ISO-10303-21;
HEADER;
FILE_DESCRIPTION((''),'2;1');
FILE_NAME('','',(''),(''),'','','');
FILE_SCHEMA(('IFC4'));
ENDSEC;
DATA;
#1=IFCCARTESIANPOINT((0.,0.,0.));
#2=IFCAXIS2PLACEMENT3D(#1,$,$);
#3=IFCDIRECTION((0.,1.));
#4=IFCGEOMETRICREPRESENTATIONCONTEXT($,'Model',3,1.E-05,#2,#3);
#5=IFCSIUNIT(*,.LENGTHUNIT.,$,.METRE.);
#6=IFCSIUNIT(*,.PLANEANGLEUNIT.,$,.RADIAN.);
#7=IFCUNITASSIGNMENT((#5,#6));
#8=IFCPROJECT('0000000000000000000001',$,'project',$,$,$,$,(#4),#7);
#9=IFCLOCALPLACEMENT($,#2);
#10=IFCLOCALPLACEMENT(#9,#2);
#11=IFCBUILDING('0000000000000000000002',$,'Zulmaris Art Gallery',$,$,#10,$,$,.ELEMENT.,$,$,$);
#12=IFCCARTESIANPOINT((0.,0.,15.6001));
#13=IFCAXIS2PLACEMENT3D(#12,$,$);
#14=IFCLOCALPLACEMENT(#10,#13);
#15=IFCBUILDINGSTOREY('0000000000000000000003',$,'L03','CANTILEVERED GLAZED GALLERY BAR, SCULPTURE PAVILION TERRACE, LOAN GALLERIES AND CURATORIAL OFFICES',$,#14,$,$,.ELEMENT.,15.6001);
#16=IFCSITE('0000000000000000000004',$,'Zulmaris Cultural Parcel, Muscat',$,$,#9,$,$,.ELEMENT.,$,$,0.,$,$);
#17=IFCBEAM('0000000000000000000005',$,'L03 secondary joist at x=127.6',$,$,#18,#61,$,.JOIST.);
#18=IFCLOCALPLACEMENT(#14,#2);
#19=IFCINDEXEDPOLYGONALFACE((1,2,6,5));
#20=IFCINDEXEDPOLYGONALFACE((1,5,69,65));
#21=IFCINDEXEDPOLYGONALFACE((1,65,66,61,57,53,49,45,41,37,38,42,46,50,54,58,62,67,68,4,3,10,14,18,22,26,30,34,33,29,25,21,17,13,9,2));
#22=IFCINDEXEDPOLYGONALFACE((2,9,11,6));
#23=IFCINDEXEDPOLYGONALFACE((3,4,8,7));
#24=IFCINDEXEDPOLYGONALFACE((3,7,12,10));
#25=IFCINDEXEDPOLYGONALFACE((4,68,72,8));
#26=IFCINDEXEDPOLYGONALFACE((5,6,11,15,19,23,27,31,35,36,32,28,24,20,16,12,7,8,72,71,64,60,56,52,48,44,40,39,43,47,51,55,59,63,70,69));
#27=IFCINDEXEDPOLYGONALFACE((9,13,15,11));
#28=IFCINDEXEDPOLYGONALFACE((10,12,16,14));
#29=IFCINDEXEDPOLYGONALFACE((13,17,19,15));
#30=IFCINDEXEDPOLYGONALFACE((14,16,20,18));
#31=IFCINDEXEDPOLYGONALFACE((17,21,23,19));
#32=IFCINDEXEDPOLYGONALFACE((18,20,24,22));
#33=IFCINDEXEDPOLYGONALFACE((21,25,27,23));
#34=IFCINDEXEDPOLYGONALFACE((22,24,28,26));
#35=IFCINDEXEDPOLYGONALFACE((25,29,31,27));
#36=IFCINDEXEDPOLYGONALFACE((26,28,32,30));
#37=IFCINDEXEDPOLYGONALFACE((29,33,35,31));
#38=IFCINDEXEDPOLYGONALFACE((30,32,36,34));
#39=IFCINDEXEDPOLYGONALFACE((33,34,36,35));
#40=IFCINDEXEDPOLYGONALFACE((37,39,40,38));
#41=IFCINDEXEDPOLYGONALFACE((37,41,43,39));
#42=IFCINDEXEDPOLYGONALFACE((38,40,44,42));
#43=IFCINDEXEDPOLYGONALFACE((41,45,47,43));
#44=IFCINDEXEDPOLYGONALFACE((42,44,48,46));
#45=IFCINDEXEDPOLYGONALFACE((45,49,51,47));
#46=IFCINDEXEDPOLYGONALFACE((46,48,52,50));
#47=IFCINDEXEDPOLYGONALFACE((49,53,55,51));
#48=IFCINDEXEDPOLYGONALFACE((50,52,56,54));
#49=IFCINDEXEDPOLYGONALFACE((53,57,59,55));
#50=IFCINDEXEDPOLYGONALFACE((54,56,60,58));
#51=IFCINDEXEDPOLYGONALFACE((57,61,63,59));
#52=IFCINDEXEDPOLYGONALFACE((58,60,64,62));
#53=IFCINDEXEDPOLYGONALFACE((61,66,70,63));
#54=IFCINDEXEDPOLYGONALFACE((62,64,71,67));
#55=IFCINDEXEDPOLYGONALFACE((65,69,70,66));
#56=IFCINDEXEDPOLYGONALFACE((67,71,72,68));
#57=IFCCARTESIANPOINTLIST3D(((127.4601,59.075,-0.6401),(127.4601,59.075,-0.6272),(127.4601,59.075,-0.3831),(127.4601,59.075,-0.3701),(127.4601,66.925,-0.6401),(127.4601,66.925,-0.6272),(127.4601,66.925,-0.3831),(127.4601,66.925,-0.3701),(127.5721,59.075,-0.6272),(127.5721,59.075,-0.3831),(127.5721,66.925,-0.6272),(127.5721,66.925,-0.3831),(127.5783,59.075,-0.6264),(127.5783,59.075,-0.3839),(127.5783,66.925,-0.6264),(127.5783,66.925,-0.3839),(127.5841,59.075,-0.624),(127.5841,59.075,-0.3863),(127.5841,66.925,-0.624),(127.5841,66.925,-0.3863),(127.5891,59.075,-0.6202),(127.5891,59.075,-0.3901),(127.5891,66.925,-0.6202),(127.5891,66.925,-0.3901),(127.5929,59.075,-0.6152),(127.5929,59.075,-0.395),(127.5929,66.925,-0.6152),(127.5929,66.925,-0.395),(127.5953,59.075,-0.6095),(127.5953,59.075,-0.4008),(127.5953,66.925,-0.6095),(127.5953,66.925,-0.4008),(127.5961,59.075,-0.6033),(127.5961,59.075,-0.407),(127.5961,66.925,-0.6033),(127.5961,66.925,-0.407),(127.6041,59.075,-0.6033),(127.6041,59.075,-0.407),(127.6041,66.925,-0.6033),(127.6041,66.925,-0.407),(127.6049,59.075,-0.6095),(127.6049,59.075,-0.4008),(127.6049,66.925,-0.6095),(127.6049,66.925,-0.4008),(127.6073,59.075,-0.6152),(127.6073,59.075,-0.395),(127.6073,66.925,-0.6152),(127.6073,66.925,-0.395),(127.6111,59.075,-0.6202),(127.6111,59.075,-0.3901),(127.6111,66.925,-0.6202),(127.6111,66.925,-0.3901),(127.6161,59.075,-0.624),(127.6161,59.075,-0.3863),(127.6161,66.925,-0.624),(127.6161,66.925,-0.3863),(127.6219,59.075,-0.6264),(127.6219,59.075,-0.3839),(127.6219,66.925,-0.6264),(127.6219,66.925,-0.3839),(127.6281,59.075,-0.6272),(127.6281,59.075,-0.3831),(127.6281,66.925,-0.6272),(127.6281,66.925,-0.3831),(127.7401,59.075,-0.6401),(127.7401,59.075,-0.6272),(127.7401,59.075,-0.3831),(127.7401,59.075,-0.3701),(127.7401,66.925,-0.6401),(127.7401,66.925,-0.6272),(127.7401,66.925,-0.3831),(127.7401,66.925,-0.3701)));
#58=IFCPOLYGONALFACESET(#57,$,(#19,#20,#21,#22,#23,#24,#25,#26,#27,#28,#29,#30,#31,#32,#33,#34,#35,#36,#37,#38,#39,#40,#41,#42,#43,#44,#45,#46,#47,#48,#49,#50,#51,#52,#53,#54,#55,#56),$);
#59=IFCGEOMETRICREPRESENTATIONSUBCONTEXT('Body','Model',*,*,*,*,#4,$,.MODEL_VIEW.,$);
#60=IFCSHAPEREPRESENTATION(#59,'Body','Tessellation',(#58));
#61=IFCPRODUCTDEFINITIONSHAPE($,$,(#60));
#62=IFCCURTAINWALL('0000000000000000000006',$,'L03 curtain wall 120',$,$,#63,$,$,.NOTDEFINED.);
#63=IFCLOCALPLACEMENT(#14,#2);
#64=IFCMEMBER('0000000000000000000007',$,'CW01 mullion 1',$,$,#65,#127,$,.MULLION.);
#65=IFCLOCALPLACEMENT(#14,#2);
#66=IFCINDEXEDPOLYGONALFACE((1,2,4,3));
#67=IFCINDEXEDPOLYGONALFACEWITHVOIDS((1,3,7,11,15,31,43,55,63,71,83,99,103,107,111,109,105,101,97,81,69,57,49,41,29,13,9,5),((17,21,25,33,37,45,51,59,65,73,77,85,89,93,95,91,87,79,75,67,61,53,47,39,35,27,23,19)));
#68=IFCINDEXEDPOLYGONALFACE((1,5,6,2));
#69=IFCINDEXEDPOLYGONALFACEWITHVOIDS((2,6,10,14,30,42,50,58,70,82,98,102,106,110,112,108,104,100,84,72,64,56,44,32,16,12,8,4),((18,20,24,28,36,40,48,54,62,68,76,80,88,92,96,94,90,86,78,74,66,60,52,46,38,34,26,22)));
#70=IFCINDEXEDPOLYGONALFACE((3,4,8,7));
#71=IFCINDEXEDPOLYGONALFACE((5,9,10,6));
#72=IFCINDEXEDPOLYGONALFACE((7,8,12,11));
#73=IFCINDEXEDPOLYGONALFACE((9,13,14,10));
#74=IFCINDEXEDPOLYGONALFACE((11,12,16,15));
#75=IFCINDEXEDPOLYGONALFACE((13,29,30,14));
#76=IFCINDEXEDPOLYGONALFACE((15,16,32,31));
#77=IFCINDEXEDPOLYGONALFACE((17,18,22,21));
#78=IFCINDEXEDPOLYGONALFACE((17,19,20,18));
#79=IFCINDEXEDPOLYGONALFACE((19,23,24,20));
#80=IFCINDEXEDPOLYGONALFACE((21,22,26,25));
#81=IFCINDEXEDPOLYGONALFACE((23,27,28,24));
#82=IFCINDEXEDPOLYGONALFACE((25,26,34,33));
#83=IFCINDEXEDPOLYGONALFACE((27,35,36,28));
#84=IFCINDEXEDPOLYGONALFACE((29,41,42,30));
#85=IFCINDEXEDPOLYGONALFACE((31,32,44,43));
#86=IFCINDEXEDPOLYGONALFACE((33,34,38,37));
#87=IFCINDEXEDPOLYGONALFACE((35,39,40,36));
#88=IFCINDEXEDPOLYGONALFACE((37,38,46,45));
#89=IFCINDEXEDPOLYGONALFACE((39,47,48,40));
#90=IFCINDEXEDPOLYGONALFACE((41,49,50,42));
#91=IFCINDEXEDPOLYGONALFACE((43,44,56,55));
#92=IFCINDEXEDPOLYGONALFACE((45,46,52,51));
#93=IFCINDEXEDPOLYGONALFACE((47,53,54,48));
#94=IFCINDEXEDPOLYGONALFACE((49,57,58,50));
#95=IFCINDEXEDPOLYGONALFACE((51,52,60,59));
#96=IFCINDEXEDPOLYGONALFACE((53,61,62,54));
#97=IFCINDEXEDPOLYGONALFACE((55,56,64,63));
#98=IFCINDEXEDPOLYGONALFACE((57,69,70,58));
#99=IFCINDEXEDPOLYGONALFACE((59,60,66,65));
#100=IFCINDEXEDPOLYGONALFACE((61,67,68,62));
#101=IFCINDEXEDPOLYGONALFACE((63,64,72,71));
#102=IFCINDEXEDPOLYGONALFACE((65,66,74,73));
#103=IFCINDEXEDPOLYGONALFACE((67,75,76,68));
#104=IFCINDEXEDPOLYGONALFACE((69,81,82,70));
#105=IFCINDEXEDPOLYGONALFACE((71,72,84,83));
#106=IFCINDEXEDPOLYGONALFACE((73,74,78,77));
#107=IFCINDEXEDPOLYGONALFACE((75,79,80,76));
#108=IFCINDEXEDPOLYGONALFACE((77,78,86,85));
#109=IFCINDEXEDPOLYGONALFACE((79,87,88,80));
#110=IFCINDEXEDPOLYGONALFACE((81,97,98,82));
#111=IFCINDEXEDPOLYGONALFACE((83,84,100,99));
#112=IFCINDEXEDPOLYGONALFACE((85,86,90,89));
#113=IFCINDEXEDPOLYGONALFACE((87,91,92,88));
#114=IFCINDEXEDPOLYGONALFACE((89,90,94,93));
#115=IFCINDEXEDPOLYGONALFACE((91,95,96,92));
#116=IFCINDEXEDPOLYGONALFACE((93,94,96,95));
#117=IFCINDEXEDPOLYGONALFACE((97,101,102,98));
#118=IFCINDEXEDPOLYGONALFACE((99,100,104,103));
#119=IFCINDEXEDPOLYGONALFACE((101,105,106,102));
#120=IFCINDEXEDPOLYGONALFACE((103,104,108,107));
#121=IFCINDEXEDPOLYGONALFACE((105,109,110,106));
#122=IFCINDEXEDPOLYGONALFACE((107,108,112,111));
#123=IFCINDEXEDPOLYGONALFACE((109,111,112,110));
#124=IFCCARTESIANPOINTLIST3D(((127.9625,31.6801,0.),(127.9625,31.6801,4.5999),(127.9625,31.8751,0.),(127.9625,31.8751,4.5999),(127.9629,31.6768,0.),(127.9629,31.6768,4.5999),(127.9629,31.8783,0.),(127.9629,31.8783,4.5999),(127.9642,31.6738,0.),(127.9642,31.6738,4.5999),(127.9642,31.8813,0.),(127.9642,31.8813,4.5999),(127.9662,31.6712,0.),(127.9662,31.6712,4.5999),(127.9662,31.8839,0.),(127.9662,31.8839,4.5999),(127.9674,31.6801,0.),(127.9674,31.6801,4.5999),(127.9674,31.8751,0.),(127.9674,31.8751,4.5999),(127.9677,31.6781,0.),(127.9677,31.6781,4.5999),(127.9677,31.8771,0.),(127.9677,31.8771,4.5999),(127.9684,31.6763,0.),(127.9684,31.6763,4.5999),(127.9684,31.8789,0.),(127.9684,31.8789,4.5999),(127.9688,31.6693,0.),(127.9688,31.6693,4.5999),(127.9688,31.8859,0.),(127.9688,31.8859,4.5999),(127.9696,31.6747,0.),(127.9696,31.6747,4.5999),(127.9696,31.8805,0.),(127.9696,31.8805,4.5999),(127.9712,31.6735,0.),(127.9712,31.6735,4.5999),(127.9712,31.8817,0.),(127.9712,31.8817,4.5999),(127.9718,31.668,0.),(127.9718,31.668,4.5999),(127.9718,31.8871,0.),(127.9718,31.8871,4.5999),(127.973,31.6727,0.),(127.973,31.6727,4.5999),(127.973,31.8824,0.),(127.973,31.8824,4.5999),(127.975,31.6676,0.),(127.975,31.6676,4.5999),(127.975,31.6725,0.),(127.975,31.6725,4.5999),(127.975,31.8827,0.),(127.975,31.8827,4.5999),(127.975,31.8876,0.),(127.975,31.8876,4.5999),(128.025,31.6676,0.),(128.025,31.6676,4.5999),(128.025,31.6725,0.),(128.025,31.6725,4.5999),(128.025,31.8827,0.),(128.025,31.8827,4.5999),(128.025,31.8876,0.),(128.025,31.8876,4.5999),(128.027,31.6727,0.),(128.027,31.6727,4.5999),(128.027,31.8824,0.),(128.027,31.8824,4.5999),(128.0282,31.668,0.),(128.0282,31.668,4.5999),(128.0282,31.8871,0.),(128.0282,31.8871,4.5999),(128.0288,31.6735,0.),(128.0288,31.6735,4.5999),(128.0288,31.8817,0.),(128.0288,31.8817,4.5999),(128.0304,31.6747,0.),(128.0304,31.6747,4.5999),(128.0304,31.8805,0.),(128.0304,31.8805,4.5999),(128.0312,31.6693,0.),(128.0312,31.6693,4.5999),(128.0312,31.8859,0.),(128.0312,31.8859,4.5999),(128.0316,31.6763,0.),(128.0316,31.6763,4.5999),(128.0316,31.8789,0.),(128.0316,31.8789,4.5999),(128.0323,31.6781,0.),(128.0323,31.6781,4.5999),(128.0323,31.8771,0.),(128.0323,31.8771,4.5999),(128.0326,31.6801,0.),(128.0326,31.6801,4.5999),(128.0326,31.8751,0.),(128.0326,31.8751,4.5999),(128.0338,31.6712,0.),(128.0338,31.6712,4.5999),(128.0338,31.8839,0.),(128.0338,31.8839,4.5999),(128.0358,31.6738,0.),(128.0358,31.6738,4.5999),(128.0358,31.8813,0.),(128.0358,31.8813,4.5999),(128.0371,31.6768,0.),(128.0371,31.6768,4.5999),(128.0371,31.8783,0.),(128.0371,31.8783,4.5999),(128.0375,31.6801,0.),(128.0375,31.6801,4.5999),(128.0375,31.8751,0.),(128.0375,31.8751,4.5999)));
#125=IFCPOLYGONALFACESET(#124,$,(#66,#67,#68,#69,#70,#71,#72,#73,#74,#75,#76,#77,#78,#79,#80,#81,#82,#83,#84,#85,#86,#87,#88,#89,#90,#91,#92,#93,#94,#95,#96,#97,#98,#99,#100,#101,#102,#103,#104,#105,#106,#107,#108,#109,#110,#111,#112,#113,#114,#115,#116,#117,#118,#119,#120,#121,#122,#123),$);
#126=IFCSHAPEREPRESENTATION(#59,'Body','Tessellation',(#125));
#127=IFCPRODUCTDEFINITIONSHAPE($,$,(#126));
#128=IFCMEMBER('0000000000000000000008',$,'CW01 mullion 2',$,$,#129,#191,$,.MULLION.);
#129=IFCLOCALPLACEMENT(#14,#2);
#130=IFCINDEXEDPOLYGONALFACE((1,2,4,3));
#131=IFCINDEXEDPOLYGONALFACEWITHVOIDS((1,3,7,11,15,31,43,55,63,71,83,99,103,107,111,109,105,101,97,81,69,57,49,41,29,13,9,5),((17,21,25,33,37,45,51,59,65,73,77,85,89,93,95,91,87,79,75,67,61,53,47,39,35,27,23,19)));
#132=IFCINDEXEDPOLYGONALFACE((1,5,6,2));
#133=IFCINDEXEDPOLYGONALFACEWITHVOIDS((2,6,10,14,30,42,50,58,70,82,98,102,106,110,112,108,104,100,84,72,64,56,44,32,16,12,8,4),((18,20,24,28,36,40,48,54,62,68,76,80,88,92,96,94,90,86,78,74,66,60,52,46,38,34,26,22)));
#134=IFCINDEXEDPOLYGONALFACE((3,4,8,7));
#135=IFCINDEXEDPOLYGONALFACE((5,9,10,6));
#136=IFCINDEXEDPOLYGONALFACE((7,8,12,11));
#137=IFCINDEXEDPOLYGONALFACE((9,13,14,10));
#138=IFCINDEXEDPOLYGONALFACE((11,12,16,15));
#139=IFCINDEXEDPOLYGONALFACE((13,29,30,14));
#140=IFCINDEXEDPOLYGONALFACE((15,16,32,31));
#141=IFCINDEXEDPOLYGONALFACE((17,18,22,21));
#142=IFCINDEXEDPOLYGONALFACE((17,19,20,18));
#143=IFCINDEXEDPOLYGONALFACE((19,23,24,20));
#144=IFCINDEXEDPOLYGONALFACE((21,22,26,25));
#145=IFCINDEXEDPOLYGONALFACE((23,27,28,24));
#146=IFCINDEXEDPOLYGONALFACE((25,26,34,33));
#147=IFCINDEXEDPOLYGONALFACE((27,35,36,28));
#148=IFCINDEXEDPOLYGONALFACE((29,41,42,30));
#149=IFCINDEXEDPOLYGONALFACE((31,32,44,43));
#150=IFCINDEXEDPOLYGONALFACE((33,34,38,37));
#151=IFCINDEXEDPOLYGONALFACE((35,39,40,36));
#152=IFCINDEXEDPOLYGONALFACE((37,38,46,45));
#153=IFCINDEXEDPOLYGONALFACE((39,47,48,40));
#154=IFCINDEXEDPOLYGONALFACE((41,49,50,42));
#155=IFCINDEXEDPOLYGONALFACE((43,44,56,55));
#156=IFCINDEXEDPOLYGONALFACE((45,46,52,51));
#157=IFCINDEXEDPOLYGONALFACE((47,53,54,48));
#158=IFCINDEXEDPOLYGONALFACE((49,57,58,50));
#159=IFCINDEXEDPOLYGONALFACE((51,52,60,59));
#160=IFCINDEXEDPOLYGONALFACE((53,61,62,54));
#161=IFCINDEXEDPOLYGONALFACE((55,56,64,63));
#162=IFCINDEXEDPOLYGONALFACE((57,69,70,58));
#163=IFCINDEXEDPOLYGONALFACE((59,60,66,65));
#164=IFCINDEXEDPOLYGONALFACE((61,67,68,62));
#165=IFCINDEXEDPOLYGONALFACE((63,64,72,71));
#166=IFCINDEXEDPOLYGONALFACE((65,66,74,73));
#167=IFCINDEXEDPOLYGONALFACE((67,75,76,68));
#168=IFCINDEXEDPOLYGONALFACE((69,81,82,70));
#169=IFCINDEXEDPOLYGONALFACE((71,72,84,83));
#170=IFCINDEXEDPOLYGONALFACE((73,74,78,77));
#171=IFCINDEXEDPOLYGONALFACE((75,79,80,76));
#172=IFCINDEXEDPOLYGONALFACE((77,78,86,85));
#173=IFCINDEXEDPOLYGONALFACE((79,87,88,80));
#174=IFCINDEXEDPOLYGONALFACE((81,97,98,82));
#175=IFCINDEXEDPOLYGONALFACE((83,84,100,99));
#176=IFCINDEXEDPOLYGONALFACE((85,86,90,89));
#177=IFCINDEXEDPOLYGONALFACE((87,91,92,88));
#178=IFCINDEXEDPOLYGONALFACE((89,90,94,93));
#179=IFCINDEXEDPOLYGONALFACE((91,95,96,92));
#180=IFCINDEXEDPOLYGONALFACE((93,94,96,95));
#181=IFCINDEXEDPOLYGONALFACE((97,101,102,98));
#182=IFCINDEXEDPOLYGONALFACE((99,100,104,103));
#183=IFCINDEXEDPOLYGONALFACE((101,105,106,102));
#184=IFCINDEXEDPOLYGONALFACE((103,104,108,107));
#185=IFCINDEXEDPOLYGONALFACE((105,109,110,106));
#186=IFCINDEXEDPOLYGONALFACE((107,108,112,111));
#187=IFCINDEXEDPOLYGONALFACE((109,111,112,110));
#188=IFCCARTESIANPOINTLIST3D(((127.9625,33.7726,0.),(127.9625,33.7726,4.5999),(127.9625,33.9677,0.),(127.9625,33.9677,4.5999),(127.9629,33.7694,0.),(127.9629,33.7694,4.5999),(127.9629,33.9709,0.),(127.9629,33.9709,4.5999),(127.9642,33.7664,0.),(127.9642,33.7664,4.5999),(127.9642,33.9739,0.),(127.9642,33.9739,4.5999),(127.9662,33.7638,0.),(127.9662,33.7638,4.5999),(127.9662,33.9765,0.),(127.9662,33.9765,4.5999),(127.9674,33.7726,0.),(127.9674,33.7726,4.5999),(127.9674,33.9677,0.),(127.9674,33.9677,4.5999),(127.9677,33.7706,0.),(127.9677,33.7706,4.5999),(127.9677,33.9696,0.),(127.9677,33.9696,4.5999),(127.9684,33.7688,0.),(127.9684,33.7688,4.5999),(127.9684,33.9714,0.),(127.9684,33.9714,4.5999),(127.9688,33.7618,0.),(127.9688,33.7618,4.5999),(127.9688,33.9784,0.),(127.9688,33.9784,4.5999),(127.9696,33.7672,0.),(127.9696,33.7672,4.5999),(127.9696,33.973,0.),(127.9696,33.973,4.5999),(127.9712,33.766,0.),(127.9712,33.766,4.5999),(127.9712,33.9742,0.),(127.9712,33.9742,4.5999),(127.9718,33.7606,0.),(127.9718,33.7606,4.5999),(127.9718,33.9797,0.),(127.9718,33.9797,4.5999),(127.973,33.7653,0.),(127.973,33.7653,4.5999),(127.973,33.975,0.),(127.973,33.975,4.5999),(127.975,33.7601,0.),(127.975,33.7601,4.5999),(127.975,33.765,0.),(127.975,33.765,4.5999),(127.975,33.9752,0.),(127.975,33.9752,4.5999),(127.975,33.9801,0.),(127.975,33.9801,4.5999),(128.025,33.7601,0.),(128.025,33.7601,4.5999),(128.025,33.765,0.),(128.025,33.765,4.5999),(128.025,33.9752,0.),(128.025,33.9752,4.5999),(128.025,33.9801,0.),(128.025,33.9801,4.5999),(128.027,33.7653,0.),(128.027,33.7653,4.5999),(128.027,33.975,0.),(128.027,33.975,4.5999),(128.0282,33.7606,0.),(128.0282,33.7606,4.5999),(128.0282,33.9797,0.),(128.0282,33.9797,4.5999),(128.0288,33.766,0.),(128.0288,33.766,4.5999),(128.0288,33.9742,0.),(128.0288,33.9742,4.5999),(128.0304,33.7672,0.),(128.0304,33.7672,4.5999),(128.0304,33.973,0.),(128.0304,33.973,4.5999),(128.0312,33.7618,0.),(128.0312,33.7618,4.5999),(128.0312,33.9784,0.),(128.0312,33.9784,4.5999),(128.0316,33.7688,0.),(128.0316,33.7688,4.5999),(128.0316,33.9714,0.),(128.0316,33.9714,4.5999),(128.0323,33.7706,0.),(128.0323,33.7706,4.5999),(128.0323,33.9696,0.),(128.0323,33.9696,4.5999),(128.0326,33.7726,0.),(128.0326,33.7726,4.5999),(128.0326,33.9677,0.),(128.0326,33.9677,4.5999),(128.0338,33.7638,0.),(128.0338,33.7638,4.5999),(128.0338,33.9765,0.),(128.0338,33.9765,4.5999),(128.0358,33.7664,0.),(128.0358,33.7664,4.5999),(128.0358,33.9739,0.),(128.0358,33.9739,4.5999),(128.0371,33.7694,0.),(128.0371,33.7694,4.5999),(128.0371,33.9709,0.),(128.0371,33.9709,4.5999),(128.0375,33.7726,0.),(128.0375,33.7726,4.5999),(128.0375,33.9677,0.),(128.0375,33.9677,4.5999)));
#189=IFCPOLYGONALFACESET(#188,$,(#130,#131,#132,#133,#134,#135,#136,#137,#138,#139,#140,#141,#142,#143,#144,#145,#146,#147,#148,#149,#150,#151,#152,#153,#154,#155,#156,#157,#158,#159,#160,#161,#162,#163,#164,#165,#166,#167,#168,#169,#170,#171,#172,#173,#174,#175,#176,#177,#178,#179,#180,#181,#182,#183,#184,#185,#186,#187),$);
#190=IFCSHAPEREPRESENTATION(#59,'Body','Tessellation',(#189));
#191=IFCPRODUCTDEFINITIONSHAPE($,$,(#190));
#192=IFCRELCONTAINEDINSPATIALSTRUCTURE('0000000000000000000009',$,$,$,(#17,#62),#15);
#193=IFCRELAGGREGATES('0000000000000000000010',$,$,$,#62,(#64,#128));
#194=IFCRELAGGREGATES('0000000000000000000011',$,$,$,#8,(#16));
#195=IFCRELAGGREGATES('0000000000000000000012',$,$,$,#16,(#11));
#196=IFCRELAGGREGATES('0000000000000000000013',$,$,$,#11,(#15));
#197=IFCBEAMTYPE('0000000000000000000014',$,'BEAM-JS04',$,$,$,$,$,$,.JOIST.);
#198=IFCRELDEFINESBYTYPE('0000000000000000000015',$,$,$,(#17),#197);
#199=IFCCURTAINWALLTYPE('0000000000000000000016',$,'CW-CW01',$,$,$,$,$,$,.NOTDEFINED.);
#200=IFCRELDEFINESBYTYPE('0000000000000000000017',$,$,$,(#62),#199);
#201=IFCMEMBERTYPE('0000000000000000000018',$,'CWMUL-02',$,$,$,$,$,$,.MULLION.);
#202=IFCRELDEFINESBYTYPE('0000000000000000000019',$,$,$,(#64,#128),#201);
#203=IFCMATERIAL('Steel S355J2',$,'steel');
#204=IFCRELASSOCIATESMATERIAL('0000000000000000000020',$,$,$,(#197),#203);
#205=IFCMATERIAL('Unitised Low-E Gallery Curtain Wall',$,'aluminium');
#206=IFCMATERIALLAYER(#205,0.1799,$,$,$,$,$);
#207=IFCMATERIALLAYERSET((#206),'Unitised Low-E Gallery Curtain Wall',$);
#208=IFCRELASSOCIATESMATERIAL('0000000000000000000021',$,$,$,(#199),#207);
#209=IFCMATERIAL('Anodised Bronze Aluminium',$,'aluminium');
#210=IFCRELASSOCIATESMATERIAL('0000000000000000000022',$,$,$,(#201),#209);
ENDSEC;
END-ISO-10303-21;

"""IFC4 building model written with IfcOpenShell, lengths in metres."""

from ifc_helpers import new_model, si_unit, direction, frame, origin, origin_2d, place, context, subcontext, project, spatial, hollow_rectangle, i_section, extrude, material, layer, layer_set, material_profile, profile_set, type_object, element, aggregate, save


model = new_model("IFC4")

# Units and contexts
model_context = context("Model", 3, precision=1e-05, world=origin(), true_north=direction((0.0, 1.0)))
body_context = subcontext(model_context, "Body", "Model", "MODEL_VIEW")
ifc_project = project(units=[si_unit("LENGTHUNIT", "METRE"), si_unit("PLANEANGLEUNIT", "RADIAN")], contexts=[model_context])

# Site, building, storey
site_placement = place(None, origin())
site = spatial("IfcSite", under=ifc_project, at=site_placement, Name="Zulmaris Cultural Parcel, Muscat", CompositionType="ELEMENT", RefElevation=0.0)
building_placement = place(site_placement, origin())
building = spatial("IfcBuilding", under=site, at=building_placement, Name="Zulmaris Art Gallery", CompositionType="ELEMENT")
storey_placement = place(building_placement, frame((0.0, 0.0, 15.6001)))
storey = spatial("IfcBuildingStorey", under=building, at=storey_placement, Name="L03", Description="CANTILEVERED GLAZED GALLERY BAR, SCULPTURE PAVILION TERRACE, LOAN GALLERIES AND CURATORIAL OFFICES", CompositionType="ELEMENT", Elevation=15.6001)

# Beam
ifc_material_1 = material(Name="Steel S355J2", Category="steel")
ifc_material_profile_1 = material_profile(ifc_material_1, i_section(OverallWidth=0.28, OverallDepth=0.27, WebThickness=0.0081, FlangeThickness=0.0129, FilletRadius=0.0239, at=origin_2d()), Name="HEA 280")
ifc_profile_set_1 = profile_set([ifc_material_profile_1], Name="Steel S355J2")
beam_type_1 = type_object("IfcBeamType", Name="BEAM-JS04", PredefinedType="JOIST", material=ifc_profile_set_1)
beam_1_placement = place(storey_placement, frame((127.6001, 59.075, -0.5051), z_axis=(0.0, 1.0, 0.0), x_axis=(-1.0, 0.0, 0.0)))
element("IfcBeam", 1, at=beam_1_placement, inside=storey, type_object=beam_type_1, Name="L03 secondary joist at x=127.6", PredefinedType="JOIST", context=body_context, shape_type="SweptSolid", body=[
    extrude(i_section(OverallWidth=0.28, OverallDepth=0.27, WebThickness=0.0081, FlangeThickness=0.0129, FilletRadius=0.0239, at=origin_2d()), origin(), (0.0, 0.0, 1.0), 7.8501),
])

# Curtain wall, members
ifc_material_2 = material(Name="Unitised Low-E Gallery Curtain Wall", Category="aluminium")
ifc_layer_1 = layer(ifc_material_2, 0.1799)
ifc_layer_set_1 = layer_set([ifc_layer_1], Name="Unitised Low-E Gallery Curtain Wall")
curtain_wall_type = type_object("IfcCurtainWallType", Name="CW-CW01", PredefinedType="NOTDEFINED", material=ifc_layer_set_1)
curtain_wall_placement = place(storey_placement, origin())
curtain_wall = element("IfcCurtainWall", 2, at=curtain_wall_placement, inside=storey, type_object=curtain_wall_type, Name="L03 curtain wall 120", PredefinedType="NOTDEFINED")
ifc_material_3 = material(Name="Anodised Bronze Aluminium", Category="aluminium")
ifc_material_profile_2 = material_profile(ifc_material_3, hollow_rectangle(XDim=0.075, YDim=0.22, WallThickness=0.0049, InnerFilletRadius=0.0076, OuterFilletRadius=0.0125, at=origin_2d()), Name="ALU 75x220x5")
ifc_profile_set_2 = profile_set([ifc_material_profile_2], Name="Anodised Bronze Aluminium")
member_type_1 = type_object("IfcMemberType", Name="CWMUL-02", PredefinedType="MULLION", material=ifc_profile_set_2)
member_1_placement = place(storey_placement, frame((128.0, 31.7776, 0.0), z_axis=(0.0, 0.0, 1.0), x_axis=(-1.0, 0.0, 0.0)))
member_1 = element("IfcMember", 3, at=member_1_placement, type_object=member_type_1, Name="CW01 mullion 1", PredefinedType="MULLION", context=body_context, shape_type="SweptSolid", body=[
    extrude(hollow_rectangle(XDim=0.075, YDim=0.22, WallThickness=0.0049, InnerFilletRadius=0.0076, OuterFilletRadius=0.0125, at=origin_2d()), origin(), (0.0, 0.0, 1.0), 4.5999),
])
member_2_placement = place(storey_placement, frame((128.0, 33.8701, 0.0), z_axis=(0.0, 0.0, 1.0), x_axis=(-1.0, 0.0, 0.0)))
member_2 = element("IfcMember", 4, at=member_2_placement, type_object=member_type_1, Name="CW01 mullion 2", PredefinedType="MULLION", context=body_context, shape_type="SweptSolid", body=[
    extrude(hollow_rectangle(XDim=0.075, YDim=0.22, WallThickness=0.0049, InnerFilletRadius=0.0076, OuterFilletRadius=0.0125, at=origin_2d()), origin(), (0.0, 0.0, 1.0), 4.5999),
])
aggregate(curtain_wall, [member_1, member_2])

save(model, "model.ifc")
